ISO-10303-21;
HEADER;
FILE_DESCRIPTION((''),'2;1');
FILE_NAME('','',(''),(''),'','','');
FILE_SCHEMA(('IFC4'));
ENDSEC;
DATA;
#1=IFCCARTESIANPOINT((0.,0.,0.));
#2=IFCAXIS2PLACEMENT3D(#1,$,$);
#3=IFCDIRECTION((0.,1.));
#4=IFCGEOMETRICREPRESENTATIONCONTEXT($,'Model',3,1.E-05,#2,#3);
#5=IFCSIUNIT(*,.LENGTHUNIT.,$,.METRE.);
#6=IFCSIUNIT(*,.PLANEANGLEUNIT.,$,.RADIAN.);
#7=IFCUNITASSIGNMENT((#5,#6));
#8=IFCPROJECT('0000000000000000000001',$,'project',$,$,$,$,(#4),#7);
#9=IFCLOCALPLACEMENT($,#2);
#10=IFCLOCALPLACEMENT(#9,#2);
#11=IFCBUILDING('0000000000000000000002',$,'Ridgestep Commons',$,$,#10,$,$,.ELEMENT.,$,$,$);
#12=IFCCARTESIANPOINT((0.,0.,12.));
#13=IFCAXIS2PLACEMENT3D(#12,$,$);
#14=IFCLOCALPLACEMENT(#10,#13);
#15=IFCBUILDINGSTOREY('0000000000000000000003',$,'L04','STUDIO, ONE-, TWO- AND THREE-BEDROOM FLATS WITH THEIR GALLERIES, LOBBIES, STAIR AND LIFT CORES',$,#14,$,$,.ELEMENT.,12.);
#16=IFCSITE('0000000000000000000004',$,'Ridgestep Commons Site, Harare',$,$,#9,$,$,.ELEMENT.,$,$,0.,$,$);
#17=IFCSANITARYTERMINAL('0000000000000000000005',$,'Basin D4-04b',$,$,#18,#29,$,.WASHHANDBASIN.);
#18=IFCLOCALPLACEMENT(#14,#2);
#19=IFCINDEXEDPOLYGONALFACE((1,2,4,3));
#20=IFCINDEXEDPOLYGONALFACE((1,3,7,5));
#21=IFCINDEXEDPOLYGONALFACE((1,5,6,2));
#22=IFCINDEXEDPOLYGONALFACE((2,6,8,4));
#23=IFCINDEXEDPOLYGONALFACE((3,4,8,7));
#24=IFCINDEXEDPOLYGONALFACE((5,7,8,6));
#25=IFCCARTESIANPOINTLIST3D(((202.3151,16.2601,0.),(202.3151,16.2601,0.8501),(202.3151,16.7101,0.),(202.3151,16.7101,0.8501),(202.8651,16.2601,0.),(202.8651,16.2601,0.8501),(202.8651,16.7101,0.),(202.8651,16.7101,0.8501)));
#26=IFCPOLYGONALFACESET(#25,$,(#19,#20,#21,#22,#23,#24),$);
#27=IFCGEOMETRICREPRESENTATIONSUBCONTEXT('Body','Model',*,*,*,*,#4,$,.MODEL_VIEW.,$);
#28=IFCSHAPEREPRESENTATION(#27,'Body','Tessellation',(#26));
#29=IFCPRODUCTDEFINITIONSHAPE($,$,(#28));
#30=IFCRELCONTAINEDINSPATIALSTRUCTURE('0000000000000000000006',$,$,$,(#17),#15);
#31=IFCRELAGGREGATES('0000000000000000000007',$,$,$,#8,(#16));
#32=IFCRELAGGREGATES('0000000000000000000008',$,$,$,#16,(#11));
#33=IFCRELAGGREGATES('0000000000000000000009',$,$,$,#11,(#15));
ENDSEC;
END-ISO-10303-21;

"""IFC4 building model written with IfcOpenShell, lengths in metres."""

from ifc_helpers import new_model, si_unit, direction, frame, origin, origin_2d, place, context, subcontext, project, spatial, rectangle, extrude, element, save


model = new_model("IFC4")

# Units and contexts
model_context = context("Model", 3, precision=1e-05, world=origin(), true_north=direction((0.0, 1.0)))
body_context = subcontext(model_context, "Body", "Model", "MODEL_VIEW")
ifc_project = project(units=[si_unit("LENGTHUNIT", "METRE"), si_unit("PLANEANGLEUNIT", "RADIAN")], contexts=[model_context])

# Site, building, storey
site_placement = place(None, origin())
site = spatial("IfcSite", under=ifc_project, at=site_placement, Name="Ridgestep Commons Site, Harare", CompositionType="ELEMENT", RefElevation=0.0)
building_placement = place(site_placement, origin())
building = spatial("IfcBuilding", under=site, at=building_placement, Name="Ridgestep Commons", CompositionType="ELEMENT")
storey_placement = place(building_placement, frame((0.0, 0.0, 12.0)))
storey = spatial("IfcBuildingStorey", under=building, at=storey_placement, Name="L04", Description="STUDIO, ONE-, TWO- AND THREE-BEDROOM FLATS WITH THEIR GALLERIES, LOBBIES, STAIR AND LIFT CORES", CompositionType="ELEMENT", Elevation=12.0)

# Sanitary terminal
sanitary_terminal_1_placement = place(storey_placement, frame((202.5901, 16.4851, 0.0), z_axis=(0.0, 0.0, 1.0), x_axis=(1.0, 0.0, 0.0)))
element("IfcSanitaryTerminal", 1, at=sanitary_terminal_1_placement, inside=storey, Name="Basin D4-04b", PredefinedType="WASHHANDBASIN", context=body_context, shape_type="SweptSolid", body=[
    extrude(rectangle(XDim=0.55, YDim=0.45, at=origin_2d()), origin(), (0.0, 0.0, 1.0), 0.8501),
])

save(model, "model.ifc")
